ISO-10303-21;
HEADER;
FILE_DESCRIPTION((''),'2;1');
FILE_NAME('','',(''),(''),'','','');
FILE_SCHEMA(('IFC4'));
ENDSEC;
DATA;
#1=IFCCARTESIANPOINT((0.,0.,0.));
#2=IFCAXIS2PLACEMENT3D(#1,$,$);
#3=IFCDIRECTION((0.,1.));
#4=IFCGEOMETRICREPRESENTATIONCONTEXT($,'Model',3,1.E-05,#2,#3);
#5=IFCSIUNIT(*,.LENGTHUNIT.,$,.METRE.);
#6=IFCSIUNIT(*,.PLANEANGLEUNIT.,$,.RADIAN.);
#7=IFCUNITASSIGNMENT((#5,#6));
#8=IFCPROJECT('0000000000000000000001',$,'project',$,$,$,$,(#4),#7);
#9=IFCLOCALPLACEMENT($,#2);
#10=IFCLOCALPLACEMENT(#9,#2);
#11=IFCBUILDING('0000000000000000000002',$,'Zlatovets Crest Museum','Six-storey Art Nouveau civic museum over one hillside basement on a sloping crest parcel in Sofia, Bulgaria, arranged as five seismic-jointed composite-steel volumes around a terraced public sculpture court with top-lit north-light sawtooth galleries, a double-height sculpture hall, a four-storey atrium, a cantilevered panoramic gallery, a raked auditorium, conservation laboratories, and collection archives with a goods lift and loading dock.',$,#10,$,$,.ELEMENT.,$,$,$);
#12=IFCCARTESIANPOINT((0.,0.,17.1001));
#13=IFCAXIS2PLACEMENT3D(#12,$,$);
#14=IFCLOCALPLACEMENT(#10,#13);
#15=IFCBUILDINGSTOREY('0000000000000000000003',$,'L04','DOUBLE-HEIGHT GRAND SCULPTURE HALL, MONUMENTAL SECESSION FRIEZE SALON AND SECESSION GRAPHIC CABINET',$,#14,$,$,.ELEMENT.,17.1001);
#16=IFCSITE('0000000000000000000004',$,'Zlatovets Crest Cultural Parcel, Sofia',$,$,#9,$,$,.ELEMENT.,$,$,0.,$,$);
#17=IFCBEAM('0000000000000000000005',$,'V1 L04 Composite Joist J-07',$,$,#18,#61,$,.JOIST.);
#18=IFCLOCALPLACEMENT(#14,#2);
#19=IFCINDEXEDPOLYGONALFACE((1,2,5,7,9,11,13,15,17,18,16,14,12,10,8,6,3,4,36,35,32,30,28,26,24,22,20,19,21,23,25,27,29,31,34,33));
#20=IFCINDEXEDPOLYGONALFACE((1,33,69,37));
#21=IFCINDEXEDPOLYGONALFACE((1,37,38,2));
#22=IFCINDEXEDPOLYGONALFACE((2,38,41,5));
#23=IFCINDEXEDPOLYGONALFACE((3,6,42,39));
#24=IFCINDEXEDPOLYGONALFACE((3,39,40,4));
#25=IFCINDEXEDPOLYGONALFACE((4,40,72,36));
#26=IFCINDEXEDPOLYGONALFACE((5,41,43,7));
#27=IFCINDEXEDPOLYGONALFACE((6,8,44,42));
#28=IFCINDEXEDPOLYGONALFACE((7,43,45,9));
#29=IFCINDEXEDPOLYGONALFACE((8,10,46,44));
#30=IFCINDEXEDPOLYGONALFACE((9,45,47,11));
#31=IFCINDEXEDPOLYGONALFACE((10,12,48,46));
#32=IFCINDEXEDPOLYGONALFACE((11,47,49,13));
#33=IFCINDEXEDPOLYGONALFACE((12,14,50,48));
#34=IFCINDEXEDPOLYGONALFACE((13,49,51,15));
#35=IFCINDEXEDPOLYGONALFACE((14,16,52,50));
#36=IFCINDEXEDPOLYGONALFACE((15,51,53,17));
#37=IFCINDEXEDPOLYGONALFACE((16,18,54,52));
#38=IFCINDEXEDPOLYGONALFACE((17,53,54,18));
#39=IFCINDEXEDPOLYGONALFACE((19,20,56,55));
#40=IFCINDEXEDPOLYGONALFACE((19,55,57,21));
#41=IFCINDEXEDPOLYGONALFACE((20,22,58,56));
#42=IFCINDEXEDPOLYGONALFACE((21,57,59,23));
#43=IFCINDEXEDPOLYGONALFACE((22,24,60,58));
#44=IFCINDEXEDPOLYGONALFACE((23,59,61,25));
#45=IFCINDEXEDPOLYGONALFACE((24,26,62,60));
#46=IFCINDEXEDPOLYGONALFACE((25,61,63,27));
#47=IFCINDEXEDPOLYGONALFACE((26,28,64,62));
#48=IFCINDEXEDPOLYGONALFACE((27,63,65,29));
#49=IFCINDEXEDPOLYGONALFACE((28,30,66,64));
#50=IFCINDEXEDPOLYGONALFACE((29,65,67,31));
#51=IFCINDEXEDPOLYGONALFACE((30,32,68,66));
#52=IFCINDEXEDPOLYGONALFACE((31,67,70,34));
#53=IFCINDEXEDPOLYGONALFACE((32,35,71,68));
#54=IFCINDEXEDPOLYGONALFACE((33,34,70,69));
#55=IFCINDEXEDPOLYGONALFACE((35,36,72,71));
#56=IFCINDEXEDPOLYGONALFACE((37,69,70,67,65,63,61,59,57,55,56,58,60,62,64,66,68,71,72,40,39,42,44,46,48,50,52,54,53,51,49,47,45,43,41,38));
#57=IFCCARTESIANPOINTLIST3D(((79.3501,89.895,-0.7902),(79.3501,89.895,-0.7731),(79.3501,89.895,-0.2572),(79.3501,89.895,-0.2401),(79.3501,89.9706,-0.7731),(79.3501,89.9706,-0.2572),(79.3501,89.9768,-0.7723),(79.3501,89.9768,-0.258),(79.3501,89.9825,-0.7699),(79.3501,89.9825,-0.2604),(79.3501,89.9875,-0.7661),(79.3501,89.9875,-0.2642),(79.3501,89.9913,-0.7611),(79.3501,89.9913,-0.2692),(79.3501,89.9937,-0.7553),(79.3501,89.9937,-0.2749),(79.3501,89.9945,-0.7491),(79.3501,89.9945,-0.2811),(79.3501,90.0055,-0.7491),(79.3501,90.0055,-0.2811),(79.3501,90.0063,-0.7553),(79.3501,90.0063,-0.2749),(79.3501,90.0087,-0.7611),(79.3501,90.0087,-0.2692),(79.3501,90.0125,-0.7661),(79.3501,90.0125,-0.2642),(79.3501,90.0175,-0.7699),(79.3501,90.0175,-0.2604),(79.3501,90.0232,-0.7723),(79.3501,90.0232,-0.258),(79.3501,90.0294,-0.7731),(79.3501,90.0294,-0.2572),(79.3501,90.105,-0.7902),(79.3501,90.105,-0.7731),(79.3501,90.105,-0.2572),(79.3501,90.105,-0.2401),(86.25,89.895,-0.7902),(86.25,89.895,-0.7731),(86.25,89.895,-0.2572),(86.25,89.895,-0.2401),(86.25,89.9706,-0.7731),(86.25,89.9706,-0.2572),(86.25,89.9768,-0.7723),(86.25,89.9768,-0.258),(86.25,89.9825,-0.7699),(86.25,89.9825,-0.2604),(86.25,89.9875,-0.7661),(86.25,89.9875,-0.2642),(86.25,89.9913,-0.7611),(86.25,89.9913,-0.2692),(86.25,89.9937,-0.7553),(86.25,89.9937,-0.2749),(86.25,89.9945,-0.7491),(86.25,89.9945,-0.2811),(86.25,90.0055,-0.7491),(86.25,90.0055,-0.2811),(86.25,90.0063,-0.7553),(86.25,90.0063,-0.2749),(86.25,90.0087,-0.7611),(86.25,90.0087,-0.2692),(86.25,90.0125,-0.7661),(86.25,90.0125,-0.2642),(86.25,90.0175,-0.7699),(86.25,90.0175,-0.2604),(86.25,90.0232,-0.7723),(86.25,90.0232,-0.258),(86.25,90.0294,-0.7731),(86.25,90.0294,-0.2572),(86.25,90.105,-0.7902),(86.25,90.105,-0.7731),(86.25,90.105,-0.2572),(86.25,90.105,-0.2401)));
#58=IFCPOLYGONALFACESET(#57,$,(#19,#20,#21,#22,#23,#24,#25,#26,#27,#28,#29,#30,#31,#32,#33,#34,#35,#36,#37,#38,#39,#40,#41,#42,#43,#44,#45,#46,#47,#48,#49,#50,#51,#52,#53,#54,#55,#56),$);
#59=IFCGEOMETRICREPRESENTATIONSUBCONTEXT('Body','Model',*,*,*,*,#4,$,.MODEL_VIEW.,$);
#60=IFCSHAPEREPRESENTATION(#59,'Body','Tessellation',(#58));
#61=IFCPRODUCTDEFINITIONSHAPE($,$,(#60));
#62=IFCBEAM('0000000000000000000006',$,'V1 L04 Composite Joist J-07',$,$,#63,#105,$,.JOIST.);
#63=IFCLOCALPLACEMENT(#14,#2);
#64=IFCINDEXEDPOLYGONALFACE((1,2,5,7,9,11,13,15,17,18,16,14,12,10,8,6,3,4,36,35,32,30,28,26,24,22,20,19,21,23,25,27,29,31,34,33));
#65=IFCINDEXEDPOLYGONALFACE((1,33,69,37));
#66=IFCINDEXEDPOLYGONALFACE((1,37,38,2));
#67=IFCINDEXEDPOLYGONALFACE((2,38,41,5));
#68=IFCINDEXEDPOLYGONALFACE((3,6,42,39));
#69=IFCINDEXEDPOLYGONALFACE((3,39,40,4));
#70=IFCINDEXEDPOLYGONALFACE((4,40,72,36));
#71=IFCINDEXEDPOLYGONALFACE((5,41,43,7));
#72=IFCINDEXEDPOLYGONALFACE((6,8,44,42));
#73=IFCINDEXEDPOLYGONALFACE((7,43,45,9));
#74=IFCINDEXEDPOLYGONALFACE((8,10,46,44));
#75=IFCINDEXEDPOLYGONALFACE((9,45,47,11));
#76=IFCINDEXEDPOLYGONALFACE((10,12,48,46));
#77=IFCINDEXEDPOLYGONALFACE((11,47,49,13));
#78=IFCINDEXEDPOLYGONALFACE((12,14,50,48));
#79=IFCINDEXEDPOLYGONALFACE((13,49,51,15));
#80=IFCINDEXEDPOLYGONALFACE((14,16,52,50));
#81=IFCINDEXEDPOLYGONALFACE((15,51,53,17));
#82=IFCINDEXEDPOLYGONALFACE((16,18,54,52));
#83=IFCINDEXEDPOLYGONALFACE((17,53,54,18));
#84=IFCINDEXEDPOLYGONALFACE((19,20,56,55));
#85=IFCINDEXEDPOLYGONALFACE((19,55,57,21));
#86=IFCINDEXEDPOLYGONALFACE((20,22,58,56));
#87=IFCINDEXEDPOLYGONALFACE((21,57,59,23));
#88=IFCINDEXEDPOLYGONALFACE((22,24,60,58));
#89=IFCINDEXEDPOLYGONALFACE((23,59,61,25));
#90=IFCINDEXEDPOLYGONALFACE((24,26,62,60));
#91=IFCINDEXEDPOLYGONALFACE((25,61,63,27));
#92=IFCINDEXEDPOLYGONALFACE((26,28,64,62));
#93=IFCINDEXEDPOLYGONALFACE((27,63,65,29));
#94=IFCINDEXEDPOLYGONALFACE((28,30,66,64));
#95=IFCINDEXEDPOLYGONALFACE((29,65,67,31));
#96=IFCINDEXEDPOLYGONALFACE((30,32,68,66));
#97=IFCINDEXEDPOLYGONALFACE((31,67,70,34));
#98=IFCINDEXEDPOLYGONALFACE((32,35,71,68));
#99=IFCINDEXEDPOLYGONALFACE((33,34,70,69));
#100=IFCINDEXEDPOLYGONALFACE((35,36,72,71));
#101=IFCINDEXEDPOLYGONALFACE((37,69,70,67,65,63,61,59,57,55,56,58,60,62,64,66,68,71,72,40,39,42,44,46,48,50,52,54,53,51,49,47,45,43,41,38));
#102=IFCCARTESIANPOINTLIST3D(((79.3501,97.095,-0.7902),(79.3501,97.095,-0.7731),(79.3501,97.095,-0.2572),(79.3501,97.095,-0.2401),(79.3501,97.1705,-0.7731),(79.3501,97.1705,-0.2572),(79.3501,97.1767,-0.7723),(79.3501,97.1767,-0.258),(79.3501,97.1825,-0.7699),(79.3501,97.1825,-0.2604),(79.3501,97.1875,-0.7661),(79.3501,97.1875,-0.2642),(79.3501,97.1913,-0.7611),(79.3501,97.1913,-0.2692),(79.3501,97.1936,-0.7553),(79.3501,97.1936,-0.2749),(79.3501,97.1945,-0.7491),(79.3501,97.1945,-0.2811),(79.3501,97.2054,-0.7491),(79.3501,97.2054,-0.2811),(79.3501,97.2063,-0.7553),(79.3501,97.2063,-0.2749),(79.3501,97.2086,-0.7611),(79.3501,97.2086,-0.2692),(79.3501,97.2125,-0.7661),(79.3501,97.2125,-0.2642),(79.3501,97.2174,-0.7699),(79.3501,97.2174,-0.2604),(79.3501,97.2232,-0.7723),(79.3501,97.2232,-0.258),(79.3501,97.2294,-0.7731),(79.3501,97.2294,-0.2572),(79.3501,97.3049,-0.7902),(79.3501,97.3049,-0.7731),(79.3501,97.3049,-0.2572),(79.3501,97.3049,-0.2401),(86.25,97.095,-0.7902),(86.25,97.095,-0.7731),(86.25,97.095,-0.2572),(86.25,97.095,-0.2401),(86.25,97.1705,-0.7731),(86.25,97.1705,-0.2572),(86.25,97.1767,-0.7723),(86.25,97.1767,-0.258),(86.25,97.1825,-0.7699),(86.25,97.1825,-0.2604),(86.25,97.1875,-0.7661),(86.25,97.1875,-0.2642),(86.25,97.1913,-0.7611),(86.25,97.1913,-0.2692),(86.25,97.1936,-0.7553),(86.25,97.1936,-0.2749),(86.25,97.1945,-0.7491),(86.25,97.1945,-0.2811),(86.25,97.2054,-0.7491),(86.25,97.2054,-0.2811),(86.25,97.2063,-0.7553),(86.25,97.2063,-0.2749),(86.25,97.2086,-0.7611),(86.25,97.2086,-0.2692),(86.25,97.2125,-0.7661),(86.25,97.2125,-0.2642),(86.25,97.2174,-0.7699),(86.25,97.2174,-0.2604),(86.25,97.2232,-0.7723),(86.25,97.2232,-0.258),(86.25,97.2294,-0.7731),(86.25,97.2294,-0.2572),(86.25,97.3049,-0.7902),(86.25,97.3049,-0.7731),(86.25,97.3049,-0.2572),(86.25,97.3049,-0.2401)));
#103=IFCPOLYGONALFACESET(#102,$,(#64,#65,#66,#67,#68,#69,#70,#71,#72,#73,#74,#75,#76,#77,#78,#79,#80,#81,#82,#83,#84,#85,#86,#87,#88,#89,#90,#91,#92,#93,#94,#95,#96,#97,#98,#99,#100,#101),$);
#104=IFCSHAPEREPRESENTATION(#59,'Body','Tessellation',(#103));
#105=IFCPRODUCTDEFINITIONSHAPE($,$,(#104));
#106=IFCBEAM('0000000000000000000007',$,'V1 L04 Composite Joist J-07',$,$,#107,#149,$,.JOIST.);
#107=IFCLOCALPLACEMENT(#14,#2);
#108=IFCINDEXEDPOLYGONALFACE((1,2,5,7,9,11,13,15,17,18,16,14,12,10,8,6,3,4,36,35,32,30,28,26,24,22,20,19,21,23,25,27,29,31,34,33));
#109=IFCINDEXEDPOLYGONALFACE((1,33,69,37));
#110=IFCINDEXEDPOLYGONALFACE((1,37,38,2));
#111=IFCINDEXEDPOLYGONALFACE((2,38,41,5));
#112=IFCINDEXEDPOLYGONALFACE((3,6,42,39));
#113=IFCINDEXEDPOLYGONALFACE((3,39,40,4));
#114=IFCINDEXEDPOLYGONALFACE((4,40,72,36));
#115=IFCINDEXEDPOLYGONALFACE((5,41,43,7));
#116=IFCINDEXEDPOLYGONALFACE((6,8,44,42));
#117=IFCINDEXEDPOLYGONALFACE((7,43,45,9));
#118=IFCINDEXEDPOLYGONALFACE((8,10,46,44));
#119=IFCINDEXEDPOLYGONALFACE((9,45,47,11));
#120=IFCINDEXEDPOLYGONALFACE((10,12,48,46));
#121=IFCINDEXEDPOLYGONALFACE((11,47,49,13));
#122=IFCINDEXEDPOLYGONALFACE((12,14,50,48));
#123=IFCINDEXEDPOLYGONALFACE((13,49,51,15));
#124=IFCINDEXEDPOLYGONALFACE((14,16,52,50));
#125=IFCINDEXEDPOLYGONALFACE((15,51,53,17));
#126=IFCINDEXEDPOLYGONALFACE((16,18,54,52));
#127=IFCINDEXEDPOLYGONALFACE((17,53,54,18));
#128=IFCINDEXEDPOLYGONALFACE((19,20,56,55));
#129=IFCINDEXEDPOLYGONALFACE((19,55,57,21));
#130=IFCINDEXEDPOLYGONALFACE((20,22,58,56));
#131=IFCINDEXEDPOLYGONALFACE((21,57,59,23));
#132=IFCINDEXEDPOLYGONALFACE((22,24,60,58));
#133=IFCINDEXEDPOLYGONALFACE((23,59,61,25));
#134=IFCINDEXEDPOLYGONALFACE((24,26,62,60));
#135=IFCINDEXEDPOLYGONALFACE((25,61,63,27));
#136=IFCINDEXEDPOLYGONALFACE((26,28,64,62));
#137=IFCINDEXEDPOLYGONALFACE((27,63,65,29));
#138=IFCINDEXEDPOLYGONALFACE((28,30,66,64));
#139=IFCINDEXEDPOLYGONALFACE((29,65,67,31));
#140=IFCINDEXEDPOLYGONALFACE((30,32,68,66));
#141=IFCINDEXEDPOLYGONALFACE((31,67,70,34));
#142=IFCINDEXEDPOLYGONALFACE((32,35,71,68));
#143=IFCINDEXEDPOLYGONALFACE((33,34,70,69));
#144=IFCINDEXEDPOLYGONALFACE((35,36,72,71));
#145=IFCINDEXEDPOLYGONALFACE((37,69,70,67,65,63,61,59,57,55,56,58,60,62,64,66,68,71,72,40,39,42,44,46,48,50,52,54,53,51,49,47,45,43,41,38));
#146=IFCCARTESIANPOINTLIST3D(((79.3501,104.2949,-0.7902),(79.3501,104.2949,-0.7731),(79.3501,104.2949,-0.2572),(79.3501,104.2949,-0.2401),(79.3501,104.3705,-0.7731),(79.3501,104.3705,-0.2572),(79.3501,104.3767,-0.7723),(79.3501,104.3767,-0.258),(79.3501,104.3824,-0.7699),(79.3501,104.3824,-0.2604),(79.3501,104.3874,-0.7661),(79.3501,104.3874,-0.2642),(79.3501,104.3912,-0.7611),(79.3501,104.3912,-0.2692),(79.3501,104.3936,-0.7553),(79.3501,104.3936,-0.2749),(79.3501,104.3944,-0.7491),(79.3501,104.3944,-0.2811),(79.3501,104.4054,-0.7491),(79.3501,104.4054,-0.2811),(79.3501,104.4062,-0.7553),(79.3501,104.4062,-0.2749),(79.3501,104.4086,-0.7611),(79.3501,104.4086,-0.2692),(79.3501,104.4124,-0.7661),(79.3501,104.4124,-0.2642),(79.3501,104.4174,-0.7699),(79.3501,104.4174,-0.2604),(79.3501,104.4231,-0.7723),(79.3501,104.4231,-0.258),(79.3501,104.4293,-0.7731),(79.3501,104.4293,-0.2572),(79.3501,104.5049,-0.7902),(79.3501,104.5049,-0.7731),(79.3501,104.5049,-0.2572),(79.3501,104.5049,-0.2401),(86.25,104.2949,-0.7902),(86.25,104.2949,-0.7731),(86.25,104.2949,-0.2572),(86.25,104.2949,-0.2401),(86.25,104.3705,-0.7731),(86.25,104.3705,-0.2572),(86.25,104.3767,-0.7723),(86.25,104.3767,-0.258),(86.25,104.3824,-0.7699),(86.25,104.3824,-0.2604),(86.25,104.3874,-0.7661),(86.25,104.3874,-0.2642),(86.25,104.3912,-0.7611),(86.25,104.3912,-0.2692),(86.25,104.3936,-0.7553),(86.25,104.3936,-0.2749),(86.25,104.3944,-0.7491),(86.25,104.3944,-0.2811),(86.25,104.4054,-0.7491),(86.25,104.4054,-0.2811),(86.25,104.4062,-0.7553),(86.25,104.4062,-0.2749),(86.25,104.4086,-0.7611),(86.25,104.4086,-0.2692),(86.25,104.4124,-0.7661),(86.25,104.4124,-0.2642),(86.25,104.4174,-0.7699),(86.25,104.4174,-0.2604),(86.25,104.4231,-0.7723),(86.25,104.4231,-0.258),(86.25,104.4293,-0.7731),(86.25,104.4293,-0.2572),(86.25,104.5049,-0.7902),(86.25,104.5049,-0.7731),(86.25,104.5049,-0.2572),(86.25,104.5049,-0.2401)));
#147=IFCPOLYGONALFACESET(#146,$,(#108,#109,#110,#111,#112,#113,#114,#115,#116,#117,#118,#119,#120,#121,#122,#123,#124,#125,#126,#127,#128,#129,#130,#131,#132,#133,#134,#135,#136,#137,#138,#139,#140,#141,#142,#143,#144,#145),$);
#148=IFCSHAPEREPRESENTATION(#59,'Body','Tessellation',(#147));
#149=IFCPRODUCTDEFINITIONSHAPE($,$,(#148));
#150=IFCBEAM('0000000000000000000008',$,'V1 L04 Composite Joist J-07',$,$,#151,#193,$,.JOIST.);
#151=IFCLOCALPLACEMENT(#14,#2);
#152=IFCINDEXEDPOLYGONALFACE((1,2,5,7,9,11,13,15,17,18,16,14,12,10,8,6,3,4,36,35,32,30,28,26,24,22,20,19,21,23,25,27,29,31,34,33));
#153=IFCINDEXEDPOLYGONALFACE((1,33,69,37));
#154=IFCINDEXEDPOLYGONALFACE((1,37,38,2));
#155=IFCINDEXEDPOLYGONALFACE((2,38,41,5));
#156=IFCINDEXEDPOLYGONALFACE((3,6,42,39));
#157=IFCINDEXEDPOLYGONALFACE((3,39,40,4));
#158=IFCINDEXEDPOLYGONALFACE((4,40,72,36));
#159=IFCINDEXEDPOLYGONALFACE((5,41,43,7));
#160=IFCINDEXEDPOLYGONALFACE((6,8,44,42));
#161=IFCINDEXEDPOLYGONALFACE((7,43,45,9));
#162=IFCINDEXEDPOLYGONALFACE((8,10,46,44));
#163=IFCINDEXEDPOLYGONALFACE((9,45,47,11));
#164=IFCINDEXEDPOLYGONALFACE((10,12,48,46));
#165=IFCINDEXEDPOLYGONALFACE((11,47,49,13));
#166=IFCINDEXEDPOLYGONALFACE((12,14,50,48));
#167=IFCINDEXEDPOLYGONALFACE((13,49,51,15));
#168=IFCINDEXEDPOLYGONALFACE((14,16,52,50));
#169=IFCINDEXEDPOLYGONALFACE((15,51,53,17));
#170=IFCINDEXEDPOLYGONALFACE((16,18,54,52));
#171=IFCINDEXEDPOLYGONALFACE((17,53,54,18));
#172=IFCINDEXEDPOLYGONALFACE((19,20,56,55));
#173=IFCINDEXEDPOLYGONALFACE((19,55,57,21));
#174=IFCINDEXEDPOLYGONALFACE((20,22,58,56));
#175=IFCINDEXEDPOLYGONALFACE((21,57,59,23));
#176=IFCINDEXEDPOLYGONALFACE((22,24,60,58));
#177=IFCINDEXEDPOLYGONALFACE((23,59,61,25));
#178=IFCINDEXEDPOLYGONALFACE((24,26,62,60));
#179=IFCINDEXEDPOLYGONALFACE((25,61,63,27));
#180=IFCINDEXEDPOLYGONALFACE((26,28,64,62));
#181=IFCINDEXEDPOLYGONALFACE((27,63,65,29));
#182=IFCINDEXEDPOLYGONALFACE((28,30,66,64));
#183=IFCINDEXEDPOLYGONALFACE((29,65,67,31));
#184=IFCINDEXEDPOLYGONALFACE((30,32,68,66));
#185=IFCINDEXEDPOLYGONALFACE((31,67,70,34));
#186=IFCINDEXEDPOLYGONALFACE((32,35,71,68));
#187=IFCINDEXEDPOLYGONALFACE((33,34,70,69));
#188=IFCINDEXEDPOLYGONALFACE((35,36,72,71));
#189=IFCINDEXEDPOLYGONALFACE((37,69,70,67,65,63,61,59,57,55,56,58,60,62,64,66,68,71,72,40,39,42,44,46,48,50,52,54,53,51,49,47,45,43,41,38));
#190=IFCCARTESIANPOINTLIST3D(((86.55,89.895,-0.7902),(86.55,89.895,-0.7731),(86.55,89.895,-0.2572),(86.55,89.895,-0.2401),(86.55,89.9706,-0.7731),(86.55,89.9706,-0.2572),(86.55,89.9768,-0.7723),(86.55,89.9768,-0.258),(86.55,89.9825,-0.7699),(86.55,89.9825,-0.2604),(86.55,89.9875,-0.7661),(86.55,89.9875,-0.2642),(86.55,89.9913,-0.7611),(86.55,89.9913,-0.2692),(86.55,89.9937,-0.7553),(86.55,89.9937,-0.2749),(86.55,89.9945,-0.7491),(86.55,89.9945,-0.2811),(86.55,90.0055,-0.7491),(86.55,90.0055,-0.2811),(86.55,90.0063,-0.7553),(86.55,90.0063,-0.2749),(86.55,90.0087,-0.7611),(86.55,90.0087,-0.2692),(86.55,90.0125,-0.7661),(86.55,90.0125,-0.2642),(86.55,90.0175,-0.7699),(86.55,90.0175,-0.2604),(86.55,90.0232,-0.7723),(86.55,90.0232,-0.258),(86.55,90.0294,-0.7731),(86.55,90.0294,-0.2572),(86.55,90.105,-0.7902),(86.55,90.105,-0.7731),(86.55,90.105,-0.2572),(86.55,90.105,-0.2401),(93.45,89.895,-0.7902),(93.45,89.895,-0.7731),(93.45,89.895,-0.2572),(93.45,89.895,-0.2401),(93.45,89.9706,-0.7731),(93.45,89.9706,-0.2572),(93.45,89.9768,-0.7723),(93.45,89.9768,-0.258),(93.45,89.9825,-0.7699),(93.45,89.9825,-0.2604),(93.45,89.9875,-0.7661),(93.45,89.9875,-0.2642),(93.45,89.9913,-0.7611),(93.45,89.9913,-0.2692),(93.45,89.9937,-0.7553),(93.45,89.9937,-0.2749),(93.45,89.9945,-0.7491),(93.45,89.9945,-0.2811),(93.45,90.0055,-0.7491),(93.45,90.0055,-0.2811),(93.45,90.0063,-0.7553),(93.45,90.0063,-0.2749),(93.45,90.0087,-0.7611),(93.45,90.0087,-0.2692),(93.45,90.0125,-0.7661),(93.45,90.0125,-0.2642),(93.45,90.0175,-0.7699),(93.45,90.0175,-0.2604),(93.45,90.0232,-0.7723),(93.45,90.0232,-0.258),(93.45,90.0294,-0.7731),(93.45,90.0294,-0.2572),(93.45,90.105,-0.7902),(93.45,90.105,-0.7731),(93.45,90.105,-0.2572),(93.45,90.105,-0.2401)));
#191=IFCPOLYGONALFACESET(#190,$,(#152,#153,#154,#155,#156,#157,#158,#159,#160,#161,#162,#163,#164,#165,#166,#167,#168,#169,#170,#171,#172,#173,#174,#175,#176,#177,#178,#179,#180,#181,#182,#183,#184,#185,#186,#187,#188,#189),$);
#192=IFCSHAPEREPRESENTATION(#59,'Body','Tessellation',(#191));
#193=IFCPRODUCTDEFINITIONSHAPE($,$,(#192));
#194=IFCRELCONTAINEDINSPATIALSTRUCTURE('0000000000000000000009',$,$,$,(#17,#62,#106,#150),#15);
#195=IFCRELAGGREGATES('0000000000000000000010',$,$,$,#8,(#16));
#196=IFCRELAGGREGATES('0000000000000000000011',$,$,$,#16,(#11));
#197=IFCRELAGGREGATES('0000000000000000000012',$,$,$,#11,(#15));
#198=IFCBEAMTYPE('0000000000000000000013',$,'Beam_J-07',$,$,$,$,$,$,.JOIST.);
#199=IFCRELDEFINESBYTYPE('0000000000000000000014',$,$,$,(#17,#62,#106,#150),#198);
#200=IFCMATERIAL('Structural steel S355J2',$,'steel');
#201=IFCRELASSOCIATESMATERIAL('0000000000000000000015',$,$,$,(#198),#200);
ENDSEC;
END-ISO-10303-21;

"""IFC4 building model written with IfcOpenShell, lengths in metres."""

from ifc_helpers import new_model, si_unit, direction, frame, origin, origin_2d, place, context, subcontext, project, spatial, i_section, extrude, material, material_profile, profile_set, type_object, element, save


model = new_model("IFC4")

# Units and contexts
model_context = context("Model", 3, precision=1e-05, world=origin(), true_north=direction((0.0, 1.0)))
body_context = subcontext(model_context, "Body", "Model", "MODEL_VIEW")
ifc_project = project(units=[si_unit("LENGTHUNIT", "METRE"), si_unit("PLANEANGLEUNIT", "RADIAN")], contexts=[model_context])

# Site, building, storey
site_placement = place(None, origin())
site = spatial("IfcSite", under=ifc_project, at=site_placement, Name="Zlatovets Crest Cultural Parcel, Sofia", CompositionType="ELEMENT", RefElevation=0.0)
building_placement = place(site_placement, origin())
building = spatial("IfcBuilding", under=site, at=building_placement, Name="Zlatovets Crest Museum", Description="Six-storey Art Nouveau civic museum over one hillside basement on a sloping crest parcel in Sofia, Bulgaria, arranged as five seismic-jointed composite-steel volumes around a terraced public sculpture court with top-lit north-light sawtooth galleries, a double-height sculpture hall, a four-storey atrium, a cantilevered panoramic gallery, a raked auditorium, conservation laboratories, and collection archives with a goods lift and loading dock.", CompositionType="ELEMENT")
storey_placement = place(building_placement, frame((0.0, 0.0, 17.1001)))
storey = spatial("IfcBuildingStorey", under=building, at=storey_placement, Name="L04", Description="DOUBLE-HEIGHT GRAND SCULPTURE HALL, MONUMENTAL SECESSION FRIEZE SALON AND SECESSION GRAPHIC CABINET", CompositionType="ELEMENT", Elevation=17.1001)

# Shared definitions
ifc_material = material(Name="Structural steel S355J2", Category="steel")

# Beams
ifc_material_profile_1 = material_profile(ifc_material, i_section(OverallWidth=0.21, OverallDepth=0.55, WebThickness=0.011, FlangeThickness=0.0171, FilletRadius=0.0239, at=origin_2d()), Name="IPE 550")
ifc_profile_set_1 = profile_set([ifc_material_profile_1], Name="Structural steel S355J2")
beam_type_1 = type_object("IfcBeamType", Name="Beam_J-07", PredefinedType="JOIST", material=ifc_profile_set_1)
for number, where, z_axis, x_axis, name in (
    (1, (79.3501, 90.0, -0.5151), (1.0, 0.0, 0.0), (0.0, 1.0, 0.0), "V1 L04 Composite Joist J-07"),
    (2, (79.3501, 97.2, -0.5151), (1.0, 0.0, 0.0), (0.0, 1.0, 0.0), "V1 L04 Composite Joist J-07"),
    (3, (79.3501, 104.3999, -0.5151), (1.0, 0.0, 0.0), (0.0, 1.0, 0.0), "V1 L04 Composite Joist J-07"),
    (4, (86.55, 90.0, -0.5151), (1.0, 0.0, 0.0), (0.0, 1.0, 0.0), "V1 L04 Composite Joist J-07"),
):
    element("IfcBeam", number, at=place(storey_placement, frame(where, z_axis=z_axis, x_axis=x_axis)), inside=storey, type_object=beam_type_1, Name=name, PredefinedType="JOIST", context=body_context, shape_type="SweptSolid", body=[
        extrude(i_section(OverallWidth=0.21, OverallDepth=0.55, WebThickness=0.011, FlangeThickness=0.0171, FilletRadius=0.0239, at=origin_2d()), origin(), (0.0, 0.0, 1.0), 6.8999),
    ])

save(model, "model.ifc")
